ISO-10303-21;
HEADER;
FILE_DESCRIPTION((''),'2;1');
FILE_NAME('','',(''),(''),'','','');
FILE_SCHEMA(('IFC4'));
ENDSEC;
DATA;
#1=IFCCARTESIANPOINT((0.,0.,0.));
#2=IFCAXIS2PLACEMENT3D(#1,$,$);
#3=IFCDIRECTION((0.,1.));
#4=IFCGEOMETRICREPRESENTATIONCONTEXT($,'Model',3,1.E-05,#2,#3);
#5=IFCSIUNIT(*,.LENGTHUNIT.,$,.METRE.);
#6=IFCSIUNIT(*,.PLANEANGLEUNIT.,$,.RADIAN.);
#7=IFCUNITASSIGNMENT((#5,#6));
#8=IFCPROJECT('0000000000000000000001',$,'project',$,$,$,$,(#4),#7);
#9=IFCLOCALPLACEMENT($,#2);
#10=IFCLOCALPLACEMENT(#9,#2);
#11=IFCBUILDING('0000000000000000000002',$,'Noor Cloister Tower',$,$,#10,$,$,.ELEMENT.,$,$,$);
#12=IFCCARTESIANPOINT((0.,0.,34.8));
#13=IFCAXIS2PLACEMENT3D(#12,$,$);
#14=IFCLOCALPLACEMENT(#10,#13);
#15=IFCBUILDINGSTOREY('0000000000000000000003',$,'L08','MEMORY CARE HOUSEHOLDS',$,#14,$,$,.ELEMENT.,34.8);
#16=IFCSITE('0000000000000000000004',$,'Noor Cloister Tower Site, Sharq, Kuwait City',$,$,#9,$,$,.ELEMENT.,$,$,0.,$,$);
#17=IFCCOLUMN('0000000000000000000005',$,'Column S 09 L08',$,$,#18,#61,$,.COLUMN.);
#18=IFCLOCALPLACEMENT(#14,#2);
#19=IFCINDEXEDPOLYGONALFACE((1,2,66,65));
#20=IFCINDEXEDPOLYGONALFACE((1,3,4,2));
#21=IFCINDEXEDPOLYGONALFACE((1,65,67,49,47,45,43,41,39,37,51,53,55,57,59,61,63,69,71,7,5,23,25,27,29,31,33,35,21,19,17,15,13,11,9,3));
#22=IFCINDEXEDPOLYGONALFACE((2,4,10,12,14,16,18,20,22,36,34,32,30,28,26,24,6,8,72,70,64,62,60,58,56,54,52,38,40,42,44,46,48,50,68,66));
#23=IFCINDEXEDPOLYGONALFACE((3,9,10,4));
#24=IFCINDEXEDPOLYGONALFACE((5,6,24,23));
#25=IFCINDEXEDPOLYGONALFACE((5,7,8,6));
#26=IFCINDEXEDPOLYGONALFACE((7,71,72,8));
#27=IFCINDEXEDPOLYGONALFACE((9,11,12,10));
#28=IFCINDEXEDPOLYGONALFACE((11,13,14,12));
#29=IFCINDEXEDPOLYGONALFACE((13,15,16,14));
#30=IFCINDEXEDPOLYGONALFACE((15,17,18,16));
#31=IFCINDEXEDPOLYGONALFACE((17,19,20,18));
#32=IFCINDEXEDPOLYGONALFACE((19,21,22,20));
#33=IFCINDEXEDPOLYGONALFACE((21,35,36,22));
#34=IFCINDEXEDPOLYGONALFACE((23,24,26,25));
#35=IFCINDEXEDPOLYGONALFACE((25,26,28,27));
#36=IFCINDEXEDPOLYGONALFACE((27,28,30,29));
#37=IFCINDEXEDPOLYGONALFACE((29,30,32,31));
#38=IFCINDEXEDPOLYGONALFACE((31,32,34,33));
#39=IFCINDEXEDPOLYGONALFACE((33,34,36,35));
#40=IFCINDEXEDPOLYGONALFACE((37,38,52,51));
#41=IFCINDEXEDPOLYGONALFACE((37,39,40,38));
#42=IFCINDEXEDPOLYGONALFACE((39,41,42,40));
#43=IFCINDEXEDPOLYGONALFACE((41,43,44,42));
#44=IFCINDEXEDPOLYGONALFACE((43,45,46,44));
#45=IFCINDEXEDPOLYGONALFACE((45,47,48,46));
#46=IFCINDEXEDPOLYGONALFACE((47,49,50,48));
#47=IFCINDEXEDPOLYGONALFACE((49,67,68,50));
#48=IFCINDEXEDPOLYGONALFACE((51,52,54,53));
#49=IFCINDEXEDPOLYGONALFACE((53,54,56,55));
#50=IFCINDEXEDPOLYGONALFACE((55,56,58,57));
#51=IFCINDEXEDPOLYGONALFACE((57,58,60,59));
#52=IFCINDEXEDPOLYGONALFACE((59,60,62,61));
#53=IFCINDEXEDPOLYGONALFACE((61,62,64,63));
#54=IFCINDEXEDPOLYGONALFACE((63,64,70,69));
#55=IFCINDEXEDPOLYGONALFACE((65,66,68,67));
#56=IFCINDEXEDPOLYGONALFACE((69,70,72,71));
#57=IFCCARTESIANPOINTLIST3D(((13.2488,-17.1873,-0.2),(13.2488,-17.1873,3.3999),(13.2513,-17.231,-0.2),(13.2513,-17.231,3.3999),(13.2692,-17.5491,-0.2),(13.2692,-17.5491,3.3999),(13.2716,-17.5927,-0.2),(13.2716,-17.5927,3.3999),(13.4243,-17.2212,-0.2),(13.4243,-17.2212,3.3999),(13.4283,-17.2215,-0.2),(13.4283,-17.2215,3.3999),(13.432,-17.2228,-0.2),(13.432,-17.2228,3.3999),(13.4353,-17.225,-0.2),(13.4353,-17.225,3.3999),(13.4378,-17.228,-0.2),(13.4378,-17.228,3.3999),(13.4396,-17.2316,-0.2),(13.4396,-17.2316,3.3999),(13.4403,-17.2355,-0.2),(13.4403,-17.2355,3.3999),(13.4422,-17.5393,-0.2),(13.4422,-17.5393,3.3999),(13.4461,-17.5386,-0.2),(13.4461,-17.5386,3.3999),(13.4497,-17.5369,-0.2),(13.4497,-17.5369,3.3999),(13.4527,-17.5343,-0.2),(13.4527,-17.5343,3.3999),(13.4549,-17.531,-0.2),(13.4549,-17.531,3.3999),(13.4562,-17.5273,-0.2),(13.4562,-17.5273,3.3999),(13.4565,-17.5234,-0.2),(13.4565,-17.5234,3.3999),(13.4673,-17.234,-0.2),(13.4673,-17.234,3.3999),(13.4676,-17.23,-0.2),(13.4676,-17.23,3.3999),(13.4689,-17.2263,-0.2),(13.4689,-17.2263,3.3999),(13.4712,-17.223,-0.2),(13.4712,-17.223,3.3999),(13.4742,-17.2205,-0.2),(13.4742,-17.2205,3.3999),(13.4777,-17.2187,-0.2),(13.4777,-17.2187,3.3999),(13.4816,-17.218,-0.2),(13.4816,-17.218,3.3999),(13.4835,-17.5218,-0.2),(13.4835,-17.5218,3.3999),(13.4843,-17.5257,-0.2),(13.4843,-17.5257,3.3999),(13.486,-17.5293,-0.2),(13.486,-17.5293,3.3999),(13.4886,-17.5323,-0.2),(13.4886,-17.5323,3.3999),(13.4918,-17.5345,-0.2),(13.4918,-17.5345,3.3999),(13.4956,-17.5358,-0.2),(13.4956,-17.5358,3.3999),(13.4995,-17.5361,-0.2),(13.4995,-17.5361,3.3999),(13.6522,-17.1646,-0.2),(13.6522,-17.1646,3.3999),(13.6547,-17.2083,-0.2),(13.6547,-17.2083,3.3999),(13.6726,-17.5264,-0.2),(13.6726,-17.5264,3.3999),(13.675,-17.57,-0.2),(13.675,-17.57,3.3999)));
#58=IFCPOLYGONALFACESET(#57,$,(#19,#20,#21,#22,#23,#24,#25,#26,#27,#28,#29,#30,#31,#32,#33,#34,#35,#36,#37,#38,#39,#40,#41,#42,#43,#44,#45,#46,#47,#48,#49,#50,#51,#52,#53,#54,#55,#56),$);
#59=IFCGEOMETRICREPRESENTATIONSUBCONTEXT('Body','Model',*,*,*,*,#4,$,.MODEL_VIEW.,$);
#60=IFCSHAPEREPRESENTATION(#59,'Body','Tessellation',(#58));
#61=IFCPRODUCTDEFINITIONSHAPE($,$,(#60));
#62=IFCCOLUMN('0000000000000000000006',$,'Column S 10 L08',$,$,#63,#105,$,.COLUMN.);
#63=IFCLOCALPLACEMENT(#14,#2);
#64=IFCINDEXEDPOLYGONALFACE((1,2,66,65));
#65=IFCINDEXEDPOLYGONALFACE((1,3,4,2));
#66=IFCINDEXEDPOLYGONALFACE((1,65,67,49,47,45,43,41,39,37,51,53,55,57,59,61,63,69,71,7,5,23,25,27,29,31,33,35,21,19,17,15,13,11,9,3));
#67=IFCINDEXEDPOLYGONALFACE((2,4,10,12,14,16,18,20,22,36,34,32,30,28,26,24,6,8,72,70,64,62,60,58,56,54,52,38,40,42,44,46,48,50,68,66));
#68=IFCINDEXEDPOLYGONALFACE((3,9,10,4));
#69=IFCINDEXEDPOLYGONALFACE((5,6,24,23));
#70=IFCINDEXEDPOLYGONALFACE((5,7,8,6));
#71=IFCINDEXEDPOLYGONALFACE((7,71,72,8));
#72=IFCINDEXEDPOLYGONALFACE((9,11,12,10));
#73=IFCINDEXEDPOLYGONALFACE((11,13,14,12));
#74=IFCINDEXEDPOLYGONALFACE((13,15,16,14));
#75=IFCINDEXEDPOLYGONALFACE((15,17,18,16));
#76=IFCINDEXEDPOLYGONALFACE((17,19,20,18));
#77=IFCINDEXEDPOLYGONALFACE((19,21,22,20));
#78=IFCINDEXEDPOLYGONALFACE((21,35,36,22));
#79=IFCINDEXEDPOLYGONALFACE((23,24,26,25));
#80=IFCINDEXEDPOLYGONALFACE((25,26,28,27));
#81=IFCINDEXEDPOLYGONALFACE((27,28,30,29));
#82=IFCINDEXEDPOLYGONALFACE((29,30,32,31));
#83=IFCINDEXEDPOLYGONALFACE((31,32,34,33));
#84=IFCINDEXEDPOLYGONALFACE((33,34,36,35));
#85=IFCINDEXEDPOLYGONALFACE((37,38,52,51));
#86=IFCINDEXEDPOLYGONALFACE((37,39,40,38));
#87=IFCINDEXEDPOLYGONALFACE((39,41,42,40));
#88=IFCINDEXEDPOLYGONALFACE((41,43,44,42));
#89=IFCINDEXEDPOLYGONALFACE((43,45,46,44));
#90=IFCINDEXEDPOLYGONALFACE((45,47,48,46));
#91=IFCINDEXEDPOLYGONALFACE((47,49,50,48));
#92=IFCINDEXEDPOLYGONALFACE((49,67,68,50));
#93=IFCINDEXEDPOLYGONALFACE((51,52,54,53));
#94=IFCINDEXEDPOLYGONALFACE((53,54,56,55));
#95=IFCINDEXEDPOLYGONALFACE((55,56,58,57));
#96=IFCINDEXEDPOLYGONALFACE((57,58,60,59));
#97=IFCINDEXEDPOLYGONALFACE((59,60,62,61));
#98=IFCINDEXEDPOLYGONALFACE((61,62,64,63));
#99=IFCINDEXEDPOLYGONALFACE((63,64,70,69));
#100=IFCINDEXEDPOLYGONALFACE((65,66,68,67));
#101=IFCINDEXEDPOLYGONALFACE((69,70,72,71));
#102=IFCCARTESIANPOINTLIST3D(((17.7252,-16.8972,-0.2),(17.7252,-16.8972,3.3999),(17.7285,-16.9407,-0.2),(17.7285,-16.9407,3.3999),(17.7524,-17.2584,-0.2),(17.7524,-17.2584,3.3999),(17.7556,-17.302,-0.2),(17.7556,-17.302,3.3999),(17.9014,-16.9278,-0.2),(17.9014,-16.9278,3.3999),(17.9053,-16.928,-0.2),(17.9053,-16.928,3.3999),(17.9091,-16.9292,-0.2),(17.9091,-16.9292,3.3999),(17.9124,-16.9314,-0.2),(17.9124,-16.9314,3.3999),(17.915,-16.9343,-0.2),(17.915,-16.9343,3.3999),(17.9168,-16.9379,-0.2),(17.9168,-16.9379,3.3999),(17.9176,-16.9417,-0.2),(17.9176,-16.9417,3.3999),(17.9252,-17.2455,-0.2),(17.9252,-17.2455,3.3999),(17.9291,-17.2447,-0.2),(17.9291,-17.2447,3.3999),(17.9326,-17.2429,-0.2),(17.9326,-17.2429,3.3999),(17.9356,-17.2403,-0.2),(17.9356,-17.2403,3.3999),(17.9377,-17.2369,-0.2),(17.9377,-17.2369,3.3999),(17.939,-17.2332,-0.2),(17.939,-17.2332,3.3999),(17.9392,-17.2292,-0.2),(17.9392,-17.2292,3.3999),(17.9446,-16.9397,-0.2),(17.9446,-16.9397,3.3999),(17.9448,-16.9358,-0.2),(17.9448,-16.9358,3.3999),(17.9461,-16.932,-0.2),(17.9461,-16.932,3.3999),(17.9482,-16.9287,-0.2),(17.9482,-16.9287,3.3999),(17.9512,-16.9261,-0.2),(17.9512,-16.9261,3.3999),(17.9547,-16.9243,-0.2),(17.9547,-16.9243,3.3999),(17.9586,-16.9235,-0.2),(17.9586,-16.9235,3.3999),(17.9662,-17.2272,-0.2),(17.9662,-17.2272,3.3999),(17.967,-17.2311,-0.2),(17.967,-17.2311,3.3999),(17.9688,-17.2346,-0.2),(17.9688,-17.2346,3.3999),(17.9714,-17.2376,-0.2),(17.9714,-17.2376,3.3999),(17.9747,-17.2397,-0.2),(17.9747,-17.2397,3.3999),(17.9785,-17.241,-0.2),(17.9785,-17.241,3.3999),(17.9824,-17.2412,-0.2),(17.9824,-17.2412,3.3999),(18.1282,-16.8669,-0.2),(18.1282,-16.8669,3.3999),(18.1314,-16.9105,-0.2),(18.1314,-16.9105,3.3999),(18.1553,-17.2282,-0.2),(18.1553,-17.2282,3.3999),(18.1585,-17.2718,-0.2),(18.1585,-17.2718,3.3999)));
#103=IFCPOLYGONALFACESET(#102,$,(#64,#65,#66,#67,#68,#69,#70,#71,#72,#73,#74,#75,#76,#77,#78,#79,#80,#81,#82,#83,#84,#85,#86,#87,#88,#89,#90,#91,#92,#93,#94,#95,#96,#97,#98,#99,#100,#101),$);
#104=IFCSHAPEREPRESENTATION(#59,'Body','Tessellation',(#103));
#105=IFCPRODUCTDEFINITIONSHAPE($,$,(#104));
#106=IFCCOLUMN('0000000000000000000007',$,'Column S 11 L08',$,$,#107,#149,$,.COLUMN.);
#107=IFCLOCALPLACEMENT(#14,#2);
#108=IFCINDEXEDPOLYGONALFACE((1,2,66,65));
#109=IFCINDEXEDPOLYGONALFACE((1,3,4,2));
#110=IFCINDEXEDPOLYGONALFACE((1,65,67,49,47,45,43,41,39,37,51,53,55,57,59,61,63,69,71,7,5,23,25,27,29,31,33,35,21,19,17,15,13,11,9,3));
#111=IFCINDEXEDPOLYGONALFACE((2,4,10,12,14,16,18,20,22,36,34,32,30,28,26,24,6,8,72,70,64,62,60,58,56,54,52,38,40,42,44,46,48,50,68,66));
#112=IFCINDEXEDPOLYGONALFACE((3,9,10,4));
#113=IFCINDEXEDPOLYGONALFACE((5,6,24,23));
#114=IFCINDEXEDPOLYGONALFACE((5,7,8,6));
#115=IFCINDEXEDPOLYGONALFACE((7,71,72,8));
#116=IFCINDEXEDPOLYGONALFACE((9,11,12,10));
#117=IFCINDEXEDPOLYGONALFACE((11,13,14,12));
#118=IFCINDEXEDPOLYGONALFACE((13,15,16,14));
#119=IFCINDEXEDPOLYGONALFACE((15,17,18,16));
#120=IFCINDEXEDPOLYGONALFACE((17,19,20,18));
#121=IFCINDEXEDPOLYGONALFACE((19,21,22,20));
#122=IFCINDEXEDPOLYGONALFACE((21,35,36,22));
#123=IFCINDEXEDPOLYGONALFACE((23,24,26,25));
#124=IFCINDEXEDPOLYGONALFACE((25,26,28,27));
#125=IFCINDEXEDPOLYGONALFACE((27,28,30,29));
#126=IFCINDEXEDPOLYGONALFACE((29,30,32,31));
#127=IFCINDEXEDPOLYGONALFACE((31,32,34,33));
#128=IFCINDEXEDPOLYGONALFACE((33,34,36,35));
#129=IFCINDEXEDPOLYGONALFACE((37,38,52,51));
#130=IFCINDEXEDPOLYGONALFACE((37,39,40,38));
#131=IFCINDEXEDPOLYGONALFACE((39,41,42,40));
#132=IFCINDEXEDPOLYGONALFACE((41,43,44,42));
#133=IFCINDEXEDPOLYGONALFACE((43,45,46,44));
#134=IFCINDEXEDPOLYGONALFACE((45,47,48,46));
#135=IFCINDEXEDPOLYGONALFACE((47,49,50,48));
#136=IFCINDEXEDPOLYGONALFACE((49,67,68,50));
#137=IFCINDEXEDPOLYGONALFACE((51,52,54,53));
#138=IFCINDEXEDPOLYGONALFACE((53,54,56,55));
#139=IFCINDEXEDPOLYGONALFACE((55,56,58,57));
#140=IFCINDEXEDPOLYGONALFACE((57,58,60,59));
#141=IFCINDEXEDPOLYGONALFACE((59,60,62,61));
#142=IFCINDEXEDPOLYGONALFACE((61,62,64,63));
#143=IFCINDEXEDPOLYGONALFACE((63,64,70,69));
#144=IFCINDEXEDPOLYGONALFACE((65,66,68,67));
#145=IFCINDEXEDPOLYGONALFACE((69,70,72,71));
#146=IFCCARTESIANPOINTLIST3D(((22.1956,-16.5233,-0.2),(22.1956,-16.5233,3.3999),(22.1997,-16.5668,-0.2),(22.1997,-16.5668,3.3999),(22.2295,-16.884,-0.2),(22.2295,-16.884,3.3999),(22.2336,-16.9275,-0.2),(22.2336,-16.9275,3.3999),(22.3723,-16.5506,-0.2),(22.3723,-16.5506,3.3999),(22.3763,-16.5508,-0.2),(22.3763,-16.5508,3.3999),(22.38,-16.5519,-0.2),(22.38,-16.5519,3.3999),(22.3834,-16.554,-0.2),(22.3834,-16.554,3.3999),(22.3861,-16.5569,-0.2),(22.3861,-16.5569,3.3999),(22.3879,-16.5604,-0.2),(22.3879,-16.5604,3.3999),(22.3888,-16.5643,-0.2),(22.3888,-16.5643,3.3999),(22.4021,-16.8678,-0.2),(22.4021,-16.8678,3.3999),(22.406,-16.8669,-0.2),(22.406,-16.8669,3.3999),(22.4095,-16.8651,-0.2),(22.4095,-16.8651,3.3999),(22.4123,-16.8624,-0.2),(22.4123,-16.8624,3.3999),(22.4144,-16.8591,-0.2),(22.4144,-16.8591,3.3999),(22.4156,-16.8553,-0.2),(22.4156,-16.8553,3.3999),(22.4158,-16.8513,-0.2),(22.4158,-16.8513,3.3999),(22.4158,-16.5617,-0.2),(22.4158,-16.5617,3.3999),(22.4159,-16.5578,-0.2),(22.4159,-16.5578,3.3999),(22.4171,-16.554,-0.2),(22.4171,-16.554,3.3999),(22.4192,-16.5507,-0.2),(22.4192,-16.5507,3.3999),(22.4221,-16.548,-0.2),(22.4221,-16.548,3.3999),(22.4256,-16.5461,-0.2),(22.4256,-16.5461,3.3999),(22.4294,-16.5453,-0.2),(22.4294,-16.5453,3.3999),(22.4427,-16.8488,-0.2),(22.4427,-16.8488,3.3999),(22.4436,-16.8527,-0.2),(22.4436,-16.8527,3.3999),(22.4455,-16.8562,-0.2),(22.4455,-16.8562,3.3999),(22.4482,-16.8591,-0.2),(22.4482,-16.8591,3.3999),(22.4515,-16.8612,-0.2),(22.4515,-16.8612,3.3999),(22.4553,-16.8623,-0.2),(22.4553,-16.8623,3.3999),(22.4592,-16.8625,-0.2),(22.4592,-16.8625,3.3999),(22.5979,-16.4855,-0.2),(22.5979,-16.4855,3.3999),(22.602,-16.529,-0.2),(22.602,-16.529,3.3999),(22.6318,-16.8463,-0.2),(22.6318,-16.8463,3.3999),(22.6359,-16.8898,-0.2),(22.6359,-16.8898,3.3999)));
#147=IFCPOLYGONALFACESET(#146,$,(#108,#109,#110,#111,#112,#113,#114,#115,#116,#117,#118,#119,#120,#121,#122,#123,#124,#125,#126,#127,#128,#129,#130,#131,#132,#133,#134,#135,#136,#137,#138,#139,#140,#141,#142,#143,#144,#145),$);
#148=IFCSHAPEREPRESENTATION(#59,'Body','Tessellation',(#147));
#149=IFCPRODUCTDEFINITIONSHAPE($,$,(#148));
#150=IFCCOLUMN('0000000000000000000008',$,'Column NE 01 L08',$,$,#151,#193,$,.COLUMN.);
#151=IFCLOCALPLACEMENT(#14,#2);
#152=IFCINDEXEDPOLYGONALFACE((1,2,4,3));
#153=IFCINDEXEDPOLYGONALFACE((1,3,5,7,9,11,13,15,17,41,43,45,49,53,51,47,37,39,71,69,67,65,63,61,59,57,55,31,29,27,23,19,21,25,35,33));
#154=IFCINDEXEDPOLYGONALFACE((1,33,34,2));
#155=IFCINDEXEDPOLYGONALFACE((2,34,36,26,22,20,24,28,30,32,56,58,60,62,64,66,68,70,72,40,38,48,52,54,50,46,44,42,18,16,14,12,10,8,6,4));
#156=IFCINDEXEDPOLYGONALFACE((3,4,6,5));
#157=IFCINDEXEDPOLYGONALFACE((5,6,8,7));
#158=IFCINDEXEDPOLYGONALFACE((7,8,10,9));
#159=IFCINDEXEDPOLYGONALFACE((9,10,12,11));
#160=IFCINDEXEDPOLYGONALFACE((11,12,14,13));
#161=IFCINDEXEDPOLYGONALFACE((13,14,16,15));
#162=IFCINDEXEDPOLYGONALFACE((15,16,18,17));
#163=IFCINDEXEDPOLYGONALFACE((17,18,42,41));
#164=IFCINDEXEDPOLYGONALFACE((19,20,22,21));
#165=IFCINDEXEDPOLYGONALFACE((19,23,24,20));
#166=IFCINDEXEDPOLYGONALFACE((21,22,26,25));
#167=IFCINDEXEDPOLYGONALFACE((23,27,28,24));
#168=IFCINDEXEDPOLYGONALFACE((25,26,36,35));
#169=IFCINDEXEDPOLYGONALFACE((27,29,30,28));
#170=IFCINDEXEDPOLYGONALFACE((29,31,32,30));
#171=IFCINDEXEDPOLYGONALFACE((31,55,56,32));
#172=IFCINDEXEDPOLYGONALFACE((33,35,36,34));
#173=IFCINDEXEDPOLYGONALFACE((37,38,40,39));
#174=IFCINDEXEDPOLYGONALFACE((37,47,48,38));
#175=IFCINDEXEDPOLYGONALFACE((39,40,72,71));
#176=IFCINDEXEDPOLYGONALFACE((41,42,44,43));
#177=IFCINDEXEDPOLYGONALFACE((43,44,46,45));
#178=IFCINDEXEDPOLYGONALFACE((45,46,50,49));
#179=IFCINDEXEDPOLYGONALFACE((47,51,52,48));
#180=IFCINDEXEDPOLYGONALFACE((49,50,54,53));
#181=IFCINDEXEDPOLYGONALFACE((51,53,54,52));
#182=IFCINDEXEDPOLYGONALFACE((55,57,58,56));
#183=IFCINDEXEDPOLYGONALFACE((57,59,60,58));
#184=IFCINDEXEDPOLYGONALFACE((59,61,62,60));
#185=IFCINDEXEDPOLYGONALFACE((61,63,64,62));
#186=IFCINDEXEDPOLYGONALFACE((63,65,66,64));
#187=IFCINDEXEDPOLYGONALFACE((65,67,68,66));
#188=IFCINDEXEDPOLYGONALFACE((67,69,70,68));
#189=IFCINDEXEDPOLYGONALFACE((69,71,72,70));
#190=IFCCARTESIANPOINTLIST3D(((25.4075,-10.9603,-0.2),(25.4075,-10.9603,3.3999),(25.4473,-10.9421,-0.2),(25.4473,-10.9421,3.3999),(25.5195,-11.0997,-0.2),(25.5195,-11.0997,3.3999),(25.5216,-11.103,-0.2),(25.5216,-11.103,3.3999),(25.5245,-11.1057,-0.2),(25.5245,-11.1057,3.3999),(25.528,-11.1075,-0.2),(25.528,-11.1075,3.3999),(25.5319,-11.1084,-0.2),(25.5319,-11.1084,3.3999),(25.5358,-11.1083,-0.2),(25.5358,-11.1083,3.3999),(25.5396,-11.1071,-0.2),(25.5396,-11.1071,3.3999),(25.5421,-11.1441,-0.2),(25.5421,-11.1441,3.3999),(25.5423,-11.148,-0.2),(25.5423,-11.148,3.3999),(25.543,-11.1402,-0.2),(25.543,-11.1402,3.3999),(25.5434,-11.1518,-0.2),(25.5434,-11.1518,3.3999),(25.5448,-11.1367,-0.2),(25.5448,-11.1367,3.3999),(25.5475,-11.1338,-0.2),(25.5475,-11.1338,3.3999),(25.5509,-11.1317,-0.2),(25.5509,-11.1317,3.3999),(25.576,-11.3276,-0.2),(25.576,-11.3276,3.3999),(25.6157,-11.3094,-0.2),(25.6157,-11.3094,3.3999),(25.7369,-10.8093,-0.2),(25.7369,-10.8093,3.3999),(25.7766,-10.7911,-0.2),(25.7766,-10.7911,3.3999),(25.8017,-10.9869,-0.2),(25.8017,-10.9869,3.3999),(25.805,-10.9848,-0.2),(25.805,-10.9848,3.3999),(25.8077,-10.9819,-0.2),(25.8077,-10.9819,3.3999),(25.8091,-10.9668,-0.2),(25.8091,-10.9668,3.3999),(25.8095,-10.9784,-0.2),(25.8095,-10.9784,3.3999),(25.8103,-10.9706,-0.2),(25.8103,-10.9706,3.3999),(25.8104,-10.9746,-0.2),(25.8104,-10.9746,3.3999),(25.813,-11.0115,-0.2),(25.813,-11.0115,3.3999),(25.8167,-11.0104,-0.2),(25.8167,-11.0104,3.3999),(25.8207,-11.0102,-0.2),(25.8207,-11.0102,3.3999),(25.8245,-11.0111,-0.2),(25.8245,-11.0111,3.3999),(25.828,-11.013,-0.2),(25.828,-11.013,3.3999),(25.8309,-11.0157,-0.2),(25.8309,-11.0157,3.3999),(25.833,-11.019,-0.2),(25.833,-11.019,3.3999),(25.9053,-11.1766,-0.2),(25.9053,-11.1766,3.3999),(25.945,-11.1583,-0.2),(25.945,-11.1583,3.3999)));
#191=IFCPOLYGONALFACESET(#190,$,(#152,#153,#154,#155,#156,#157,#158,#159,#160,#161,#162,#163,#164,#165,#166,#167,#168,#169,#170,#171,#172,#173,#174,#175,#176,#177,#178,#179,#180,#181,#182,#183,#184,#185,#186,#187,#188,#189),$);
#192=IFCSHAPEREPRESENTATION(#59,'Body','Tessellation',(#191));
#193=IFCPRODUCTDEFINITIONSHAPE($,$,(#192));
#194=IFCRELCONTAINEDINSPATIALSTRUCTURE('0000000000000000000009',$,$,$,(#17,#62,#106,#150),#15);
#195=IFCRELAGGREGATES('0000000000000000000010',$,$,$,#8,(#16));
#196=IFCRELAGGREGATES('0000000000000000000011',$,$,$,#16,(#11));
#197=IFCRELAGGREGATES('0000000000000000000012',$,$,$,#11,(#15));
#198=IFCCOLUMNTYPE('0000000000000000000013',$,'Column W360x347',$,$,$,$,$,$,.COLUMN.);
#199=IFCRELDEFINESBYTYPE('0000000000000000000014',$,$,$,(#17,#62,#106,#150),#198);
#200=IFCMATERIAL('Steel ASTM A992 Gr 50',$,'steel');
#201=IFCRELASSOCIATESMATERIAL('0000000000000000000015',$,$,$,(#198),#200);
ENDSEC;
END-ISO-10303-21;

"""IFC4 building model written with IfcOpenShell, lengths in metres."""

from ifc_helpers import new_model, si_unit, direction, frame, origin, origin_2d, place, context, subcontext, project, spatial, i_section, extrude, material, material_profile, profile_set, type_object, element, save


model = new_model("IFC4")

# Units and contexts
model_context = context("Model", 3, precision=1e-05, world=origin(), true_north=direction((0.0, 1.0)))
body_context = subcontext(model_context, "Body", "Model", "MODEL_VIEW")
ifc_project = project(units=[si_unit("LENGTHUNIT", "METRE"), si_unit("PLANEANGLEUNIT", "RADIAN")], contexts=[model_context])

# Site, building, storey
site_placement = place(None, origin())
site = spatial("IfcSite", under=ifc_project, at=site_placement, Name="Noor Cloister Tower Site, Sharq, Kuwait City", CompositionType="ELEMENT", RefElevation=0.0)
building_placement = place(site_placement, origin())
building = spatial("IfcBuilding", under=site, at=building_placement, Name="Noor Cloister Tower", CompositionType="ELEMENT")
storey_placement = place(building_placement, frame((0.0, 0.0, 34.8)))
storey = spatial("IfcBuildingStorey", under=building, at=storey_placement, Name="L08", Description="MEMORY CARE HOUSEHOLDS", CompositionType="ELEMENT", Elevation=34.8)

# Columns
ifc_material_1 = material(Name="Steel ASTM A992 Gr 50", Category="steel")
ifc_material_profile_1 = material_profile(ifc_material_1, i_section(OverallWidth=0.4041, OverallDepth=0.406, WebThickness=0.0271, FlangeThickness=0.0437, FilletRadius=0.0151, at=origin_2d()), Name="W360x347")
ifc_profile_set_1 = profile_set([ifc_material_profile_1], Name="Steel ASTM A992 Gr 50")
column_type_1 = type_object("IfcColumnType", Name="Column W360x347", PredefinedType="COLUMN", material=ifc_profile_set_1)
for number, where, z_axis, x_axis, name in (
    (1, (13.4619, -17.3787, -0.2), (0.0, 0.0, 1.0), (0.998422, 0.056153, 0.0), "Column S 09 L08"),
    (2, (17.9419, -17.0845, -0.2), (0.0, 0.0, 1.0), (0.997196, 0.07484, 0.0), "Column S 10 L08"),
    (3, (22.4158, -16.7065, -0.2), (0.0, 0.0, 1.0), (0.995619, 0.0935, 0.0), "Column S 11 L08"),
    (4, (25.6763, -11.0593, -0.2), (0.0, 0.0, 1.0), (-0.416836, 0.908982, 0.0), "Column NE 01 L08"),
):
    element("IfcColumn", number, at=place(storey_placement, frame(where, z_axis=z_axis, x_axis=x_axis)), inside=storey, type_object=column_type_1, Name=name, PredefinedType="COLUMN", context=body_context, shape_type="SweptSolid", body=[
        extrude(i_section(OverallWidth=0.4041, OverallDepth=0.406, WebThickness=0.0271, FlangeThickness=0.0437, FilletRadius=0.0151, at=origin_2d()), origin(), (0.0, 0.0, 1.0), 3.5999),
    ])

save(model, "model.ifc")
